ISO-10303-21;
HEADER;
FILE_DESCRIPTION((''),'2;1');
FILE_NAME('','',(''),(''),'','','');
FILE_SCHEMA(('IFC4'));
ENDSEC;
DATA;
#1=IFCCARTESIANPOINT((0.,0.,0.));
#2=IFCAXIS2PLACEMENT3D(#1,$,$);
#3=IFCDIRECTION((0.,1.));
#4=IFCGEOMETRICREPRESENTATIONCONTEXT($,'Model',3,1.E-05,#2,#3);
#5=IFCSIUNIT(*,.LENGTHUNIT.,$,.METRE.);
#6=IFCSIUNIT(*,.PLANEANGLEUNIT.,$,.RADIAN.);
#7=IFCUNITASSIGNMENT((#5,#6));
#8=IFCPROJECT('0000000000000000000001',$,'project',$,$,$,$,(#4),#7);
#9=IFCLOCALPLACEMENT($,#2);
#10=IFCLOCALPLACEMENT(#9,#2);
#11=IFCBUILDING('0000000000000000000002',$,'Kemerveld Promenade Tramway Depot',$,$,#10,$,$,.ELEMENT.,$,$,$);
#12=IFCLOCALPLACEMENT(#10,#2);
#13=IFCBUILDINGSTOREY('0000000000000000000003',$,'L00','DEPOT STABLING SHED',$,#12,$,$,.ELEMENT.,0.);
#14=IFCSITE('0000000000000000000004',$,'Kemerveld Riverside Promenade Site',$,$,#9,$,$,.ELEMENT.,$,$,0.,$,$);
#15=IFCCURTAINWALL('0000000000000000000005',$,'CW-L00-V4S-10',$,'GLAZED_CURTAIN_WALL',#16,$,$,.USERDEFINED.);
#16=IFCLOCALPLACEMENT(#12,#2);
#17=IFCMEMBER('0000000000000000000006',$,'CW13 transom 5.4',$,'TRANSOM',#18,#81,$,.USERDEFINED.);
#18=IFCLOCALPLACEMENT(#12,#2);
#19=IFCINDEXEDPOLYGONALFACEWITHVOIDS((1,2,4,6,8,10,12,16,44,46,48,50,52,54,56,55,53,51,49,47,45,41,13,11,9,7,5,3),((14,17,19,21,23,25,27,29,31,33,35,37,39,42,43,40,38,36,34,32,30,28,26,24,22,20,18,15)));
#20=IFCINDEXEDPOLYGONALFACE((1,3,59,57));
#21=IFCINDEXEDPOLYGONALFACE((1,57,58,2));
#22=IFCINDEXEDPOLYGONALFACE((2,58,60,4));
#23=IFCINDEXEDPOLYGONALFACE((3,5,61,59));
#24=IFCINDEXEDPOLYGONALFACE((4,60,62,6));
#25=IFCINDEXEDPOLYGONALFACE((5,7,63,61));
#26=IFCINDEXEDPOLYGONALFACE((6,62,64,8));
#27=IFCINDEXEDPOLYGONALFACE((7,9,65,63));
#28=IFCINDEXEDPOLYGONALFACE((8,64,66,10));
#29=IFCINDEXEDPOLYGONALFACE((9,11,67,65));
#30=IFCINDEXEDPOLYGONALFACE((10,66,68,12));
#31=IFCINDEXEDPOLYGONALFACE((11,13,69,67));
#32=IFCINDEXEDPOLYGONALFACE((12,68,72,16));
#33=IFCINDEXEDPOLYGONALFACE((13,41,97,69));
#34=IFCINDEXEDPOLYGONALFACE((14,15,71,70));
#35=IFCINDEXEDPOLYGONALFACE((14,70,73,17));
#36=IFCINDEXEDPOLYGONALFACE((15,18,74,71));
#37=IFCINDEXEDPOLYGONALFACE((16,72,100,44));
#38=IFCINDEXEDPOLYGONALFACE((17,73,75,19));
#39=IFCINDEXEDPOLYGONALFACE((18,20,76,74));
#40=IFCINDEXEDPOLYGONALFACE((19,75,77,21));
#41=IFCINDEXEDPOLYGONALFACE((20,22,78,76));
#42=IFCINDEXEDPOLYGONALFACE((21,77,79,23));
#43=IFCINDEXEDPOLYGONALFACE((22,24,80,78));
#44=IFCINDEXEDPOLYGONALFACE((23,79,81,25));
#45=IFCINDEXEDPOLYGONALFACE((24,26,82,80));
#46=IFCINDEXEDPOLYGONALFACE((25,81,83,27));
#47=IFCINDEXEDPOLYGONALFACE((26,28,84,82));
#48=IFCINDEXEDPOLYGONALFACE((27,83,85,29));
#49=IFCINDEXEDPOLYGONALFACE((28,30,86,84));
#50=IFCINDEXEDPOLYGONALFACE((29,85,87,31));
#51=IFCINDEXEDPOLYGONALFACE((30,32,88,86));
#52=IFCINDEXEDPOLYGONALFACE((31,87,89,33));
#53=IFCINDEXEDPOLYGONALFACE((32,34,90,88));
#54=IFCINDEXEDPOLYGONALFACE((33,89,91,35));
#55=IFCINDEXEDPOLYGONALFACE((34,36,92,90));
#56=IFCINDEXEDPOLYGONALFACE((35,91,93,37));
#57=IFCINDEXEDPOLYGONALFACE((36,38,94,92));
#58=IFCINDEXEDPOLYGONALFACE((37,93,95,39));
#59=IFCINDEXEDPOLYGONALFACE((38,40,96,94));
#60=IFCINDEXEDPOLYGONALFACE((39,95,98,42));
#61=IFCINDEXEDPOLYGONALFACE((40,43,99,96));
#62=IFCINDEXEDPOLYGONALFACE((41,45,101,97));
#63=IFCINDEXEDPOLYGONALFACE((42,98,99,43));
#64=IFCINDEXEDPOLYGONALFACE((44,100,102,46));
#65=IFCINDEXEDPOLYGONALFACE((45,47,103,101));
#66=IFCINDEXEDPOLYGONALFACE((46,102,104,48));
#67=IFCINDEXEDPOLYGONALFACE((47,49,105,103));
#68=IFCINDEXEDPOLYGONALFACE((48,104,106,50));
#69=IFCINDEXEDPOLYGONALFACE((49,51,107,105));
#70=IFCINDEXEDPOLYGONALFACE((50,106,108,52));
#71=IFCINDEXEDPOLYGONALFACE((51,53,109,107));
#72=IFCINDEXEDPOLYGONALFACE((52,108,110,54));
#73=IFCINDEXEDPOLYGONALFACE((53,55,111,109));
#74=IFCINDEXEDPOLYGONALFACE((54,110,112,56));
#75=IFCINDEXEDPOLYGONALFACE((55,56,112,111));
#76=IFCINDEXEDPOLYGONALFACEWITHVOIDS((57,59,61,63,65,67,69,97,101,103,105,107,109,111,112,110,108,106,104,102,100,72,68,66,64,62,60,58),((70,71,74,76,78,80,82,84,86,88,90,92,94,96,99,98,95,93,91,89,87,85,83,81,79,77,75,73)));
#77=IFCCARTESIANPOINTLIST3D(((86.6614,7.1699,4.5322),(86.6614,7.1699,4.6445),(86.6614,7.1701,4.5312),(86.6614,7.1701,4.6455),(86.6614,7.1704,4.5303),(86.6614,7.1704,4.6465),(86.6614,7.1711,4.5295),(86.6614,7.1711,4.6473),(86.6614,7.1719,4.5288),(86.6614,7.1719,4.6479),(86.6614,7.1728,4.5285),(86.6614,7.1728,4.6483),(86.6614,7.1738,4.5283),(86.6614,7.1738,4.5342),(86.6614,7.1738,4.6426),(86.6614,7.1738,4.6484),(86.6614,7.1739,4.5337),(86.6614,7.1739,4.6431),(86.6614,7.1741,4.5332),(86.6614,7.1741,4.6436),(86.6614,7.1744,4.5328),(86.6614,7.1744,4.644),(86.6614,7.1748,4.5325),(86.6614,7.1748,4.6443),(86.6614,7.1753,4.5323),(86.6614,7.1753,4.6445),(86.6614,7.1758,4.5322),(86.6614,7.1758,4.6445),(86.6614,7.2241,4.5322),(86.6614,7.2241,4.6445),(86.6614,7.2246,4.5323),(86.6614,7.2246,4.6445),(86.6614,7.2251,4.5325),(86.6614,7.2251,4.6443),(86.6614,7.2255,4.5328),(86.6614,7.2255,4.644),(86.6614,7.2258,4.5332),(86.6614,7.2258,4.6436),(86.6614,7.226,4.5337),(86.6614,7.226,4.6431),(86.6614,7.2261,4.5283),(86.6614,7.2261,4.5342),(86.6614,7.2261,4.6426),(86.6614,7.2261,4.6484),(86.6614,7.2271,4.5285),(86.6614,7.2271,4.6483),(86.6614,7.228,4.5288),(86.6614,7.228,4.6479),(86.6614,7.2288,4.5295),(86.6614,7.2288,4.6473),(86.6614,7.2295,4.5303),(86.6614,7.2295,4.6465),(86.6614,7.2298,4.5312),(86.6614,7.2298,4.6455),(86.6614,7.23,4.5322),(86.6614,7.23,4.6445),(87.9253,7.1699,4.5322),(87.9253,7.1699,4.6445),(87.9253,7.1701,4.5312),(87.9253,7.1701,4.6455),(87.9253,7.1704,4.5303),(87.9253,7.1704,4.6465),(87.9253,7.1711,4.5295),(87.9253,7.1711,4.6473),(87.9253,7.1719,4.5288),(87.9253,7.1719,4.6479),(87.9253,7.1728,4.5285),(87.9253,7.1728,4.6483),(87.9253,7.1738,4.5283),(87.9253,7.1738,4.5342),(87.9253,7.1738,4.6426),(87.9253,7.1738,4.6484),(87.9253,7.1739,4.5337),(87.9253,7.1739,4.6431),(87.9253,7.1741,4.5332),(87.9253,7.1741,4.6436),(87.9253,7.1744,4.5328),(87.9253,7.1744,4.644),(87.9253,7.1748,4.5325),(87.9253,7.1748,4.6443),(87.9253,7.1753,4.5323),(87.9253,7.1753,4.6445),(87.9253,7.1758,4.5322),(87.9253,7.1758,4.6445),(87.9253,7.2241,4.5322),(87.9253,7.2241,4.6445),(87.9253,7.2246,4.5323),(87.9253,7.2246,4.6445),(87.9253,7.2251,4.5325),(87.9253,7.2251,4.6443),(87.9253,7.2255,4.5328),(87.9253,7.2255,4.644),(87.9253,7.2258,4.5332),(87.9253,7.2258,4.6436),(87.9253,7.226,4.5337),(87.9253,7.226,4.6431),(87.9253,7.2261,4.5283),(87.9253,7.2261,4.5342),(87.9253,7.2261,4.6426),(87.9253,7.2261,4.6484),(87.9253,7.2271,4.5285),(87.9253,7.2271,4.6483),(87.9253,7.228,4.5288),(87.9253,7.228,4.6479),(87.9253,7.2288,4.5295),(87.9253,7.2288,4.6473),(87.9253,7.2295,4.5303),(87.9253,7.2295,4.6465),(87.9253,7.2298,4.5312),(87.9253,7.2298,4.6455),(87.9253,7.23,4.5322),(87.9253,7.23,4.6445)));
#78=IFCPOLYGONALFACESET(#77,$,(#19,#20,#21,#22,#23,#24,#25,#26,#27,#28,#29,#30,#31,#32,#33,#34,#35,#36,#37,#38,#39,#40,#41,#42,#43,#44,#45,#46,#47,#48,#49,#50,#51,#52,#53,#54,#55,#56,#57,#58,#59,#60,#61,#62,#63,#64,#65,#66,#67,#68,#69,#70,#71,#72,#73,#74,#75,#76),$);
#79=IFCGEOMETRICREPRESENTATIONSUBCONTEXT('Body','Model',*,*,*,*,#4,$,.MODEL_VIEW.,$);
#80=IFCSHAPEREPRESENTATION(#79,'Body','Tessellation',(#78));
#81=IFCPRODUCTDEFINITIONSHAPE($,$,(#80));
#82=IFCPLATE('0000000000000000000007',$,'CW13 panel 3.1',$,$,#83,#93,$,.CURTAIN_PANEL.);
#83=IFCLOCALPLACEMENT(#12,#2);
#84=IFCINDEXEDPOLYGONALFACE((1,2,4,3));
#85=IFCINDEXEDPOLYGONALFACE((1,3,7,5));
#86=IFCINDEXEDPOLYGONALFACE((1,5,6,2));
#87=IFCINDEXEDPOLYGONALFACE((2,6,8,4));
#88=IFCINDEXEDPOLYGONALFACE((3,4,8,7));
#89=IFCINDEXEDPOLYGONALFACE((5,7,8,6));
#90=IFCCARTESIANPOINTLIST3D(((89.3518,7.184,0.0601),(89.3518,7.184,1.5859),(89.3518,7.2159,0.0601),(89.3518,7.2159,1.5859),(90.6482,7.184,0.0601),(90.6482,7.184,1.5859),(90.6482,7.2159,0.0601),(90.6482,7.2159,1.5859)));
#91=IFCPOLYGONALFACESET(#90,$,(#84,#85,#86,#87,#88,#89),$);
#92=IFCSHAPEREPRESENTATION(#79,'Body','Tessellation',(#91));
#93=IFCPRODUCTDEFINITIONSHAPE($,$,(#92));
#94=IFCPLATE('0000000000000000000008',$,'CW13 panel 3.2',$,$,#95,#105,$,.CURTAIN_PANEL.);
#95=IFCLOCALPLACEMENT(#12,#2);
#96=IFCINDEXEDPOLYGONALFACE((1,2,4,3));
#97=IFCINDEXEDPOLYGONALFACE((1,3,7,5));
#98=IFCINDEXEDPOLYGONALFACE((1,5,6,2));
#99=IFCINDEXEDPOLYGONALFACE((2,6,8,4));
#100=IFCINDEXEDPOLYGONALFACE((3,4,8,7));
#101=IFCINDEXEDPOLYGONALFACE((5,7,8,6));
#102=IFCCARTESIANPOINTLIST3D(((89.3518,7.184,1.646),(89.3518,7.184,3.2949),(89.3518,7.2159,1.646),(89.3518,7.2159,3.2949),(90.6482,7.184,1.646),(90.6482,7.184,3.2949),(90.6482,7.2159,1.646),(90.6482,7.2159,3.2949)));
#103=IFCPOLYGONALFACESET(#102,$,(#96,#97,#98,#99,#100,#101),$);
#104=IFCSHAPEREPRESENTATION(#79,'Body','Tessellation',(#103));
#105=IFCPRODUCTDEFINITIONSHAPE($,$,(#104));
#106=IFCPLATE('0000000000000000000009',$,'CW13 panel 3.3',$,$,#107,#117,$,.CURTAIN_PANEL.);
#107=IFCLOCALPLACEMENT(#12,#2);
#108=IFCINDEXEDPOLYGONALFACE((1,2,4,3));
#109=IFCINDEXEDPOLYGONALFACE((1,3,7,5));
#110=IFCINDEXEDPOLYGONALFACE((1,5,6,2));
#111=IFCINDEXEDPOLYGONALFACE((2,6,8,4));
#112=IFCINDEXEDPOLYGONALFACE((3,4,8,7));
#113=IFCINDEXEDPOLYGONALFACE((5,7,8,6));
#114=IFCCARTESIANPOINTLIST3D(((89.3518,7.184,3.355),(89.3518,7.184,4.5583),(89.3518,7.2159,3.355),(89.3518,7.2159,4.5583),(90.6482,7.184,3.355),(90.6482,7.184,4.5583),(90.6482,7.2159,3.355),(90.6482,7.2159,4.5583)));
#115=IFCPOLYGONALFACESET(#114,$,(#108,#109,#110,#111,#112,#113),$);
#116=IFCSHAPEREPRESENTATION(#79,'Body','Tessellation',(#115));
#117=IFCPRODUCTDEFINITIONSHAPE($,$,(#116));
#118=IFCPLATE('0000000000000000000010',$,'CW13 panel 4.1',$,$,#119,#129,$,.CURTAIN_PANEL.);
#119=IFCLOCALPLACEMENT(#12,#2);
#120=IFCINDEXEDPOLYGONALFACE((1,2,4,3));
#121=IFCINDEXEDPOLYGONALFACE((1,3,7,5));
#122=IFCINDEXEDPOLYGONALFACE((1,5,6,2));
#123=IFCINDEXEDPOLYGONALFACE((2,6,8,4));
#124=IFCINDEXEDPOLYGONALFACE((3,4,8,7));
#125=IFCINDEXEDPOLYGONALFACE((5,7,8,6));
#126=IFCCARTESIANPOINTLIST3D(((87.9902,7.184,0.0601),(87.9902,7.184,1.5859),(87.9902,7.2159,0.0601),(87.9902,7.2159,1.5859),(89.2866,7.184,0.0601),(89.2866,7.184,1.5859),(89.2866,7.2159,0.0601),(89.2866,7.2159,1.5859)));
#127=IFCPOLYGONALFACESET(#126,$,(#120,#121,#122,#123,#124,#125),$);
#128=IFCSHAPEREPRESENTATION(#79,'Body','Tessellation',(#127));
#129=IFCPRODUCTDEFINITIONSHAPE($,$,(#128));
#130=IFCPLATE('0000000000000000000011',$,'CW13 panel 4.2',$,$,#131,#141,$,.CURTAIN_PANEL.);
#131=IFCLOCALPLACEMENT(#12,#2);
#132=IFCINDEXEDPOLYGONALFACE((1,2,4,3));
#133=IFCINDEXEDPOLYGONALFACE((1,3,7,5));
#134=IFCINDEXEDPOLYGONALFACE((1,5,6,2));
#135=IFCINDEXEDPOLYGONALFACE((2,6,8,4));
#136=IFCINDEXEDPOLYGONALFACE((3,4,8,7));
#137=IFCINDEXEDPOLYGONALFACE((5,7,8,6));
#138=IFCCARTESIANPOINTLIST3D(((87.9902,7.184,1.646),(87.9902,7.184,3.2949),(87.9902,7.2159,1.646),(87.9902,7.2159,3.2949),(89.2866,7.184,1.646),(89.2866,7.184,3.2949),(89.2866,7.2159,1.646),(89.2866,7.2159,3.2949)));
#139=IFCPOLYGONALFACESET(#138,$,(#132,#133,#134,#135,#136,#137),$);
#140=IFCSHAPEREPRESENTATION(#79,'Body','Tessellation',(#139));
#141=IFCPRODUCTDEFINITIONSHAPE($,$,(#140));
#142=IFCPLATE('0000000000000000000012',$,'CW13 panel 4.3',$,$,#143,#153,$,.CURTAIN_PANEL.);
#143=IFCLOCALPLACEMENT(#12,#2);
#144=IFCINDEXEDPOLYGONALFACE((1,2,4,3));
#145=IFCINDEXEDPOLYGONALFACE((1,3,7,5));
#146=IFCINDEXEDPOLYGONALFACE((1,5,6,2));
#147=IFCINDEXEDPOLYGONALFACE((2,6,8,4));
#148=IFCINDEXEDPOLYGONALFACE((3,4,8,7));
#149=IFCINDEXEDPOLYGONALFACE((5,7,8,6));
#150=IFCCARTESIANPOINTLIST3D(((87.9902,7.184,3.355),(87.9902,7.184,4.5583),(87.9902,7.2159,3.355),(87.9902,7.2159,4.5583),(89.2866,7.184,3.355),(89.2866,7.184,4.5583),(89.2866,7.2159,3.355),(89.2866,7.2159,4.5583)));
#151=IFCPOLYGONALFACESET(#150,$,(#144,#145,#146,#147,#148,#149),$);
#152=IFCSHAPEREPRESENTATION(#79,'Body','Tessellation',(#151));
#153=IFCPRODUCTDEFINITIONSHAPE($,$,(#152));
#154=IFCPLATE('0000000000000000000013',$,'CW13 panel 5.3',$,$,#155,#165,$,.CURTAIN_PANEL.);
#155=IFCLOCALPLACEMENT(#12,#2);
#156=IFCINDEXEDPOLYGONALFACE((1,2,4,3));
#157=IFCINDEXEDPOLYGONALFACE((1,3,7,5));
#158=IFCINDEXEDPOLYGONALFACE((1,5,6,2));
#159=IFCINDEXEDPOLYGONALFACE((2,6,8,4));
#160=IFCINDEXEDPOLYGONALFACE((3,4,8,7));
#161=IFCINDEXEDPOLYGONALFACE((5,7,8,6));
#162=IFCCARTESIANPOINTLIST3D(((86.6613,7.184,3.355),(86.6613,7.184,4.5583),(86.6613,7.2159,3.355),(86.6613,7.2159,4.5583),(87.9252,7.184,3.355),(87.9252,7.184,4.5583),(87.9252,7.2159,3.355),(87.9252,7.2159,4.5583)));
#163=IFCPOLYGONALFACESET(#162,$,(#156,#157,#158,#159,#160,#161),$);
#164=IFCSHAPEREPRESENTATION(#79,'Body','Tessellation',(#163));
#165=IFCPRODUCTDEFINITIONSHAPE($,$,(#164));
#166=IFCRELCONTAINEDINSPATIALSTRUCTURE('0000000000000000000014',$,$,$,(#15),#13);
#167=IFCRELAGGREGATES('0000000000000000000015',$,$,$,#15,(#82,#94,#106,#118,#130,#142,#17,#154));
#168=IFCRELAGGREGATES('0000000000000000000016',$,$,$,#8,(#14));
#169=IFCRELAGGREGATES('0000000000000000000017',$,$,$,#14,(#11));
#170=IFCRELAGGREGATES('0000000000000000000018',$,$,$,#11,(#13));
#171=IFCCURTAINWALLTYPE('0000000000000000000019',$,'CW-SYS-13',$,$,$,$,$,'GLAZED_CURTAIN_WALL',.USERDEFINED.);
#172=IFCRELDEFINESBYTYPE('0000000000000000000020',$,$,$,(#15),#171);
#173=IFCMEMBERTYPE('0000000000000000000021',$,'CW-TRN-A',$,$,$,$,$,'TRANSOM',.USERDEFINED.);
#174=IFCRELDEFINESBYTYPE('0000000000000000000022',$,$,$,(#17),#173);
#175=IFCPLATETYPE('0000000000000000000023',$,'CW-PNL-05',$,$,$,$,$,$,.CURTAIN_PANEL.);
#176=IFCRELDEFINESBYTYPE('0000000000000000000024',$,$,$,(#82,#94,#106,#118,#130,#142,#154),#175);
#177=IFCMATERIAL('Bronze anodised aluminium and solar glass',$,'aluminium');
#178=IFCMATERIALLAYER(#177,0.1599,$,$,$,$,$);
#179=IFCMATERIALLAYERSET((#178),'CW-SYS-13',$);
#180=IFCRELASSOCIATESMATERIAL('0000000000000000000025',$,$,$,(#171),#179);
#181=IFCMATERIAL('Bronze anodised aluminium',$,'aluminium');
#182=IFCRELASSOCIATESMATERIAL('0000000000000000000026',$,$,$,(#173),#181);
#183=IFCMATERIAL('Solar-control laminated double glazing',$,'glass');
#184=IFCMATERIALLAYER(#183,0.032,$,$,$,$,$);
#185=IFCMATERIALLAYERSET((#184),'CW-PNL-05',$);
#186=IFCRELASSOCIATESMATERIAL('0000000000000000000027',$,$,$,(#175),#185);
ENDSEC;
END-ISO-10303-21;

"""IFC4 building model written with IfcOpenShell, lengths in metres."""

from ifc_helpers import new_model, si_unit, direction, frame, origin, origin_2d, place, context, subcontext, project, spatial, rectangle, hollow_rectangle, extrude, material, layer, layer_set, material_profile, profile_set, type_object, element, aggregate, save


model = new_model("IFC4")

# Units and contexts
model_context = context("Model", 3, precision=1e-05, world=origin(), true_north=direction((0.0, 1.0)))
body_context = subcontext(model_context, "Body", "Model", "MODEL_VIEW")
ifc_project = project(units=[si_unit("LENGTHUNIT", "METRE"), si_unit("PLANEANGLEUNIT", "RADIAN")], contexts=[model_context])

# Site, building, storey
site_placement = place(None, origin())
site = spatial("IfcSite", under=ifc_project, at=site_placement, Name="Kemerveld Riverside Promenade Site", CompositionType="ELEMENT", RefElevation=0.0)
building_placement = place(site_placement, origin())
building = spatial("IfcBuilding", under=site, at=building_placement, Name="Kemerveld Promenade Tramway Depot", CompositionType="ELEMENT")
storey_placement = place(building_placement, origin())
storey = spatial("IfcBuildingStorey", under=building, at=storey_placement, Name="L00", Description="DEPOT STABLING SHED", CompositionType="ELEMENT", Elevation=0.0)

# Curtain wall, member, plates
ifc_material_1 = material(Name="Bronze anodised aluminium and solar glass", Category="aluminium")
ifc_layer_1 = layer(ifc_material_1, 0.1599)
ifc_layer_set_1 = layer_set([ifc_layer_1], Name="CW-SYS-13")
curtain_wall_type = type_object("IfcCurtainWallType", Name="CW-SYS-13", ElementType="GLAZED_CURTAIN_WALL", PredefinedType="USERDEFINED", material=ifc_layer_set_1)
curtain_wall_placement = place(storey_placement, origin())
curtain_wall = element("IfcCurtainWall", 1, at=curtain_wall_placement, inside=storey, type_object=curtain_wall_type, Name="CW-L00-V4S-10", ObjectType="GLAZED_CURTAIN_WALL", PredefinedType="USERDEFINED")
ifc_material_2 = material(Name="Bronze anodised aluminium", Category="aluminium")
ifc_material_profile_1 = material_profile(ifc_material_2, hollow_rectangle(XDim=0.0601, YDim=0.1201, WallThickness=0.0039, InnerFilletRadius=0.002, OuterFilletRadius=0.0039, at=origin_2d()), Name="CW-TRN-120x60")
ifc_profile_set_1 = profile_set([ifc_material_profile_1], Name="Bronze anodised aluminium")
member_type_1 = type_object("IfcMemberType", Name="CW-TRN-A", ElementType="TRANSOM", PredefinedType="USERDEFINED", material=ifc_profile_set_1)
member_1_placement = place(storey_placement, frame((87.9253, 7.2, 4.5884), z_axis=(-1.0, 0.0, 0.0), x_axis=(0.0, -1.0, 0.0)))
member_1 = element("IfcMember", 2, at=member_1_placement, type_object=member_type_1, Name="CW13 transom 5.4", ObjectType="TRANSOM", PredefinedType="USERDEFINED", context=body_context, shape_type="SweptSolid", body=[
    extrude(hollow_rectangle(XDim=0.0601, YDim=0.1201, WallThickness=0.0039, InnerFilletRadius=0.002, OuterFilletRadius=0.0039, at=origin_2d()), origin(), (0.0, 0.0, 1.0), 1.2639),
])
ifc_material_3 = material(Name="Solar-control laminated double glazing", Category="glass")
ifc_layer_2 = layer(ifc_material_3, 0.032)
ifc_layer_set_2 = layer_set([ifc_layer_2], Name="CW-PNL-05")
plate_type = type_object("IfcPlateType", Name="CW-PNL-05", PredefinedType="CURTAIN_PANEL", material=ifc_layer_set_2)
plate_1_placement = place(storey_placement, frame((90.0, 7.2, 0.0601), z_axis=(0.0, 0.0, 1.0), x_axis=(-1.0, 0.0, 0.0)))
plate_1 = element("IfcPlate", 3, at=plate_1_placement, type_object=plate_type, Name="CW13 panel 3.1", PredefinedType="CURTAIN_PANEL", context=body_context, shape_type="SweptSolid", body=[
    extrude(rectangle(XDim=1.2964, YDim=0.032, at=origin_2d()), origin(), (0.0, 0.0, 1.0), 1.5259),
])
plate_2_placement = place(storey_placement, frame((90.0, 7.2, 1.646), z_axis=(0.0, 0.0, 1.0), x_axis=(-1.0, 0.0, 0.0)))
plate_2 = element("IfcPlate", 4, at=plate_2_placement, type_object=plate_type, Name="CW13 panel 3.2", PredefinedType="CURTAIN_PANEL", context=body_context, shape_type="SweptSolid", body=[
    extrude(rectangle(XDim=1.2964, YDim=0.032, at=origin_2d()), origin(), (0.0, 0.0, 1.0), 1.6489),
])
plate_3_placement = place(storey_placement, frame((90.0, 7.2, 3.355), z_axis=(0.0, 0.0, 1.0), x_axis=(-1.0, 0.0, 0.0)))
plate_3 = element("IfcPlate", 5, at=plate_3_placement, type_object=plate_type, Name="CW13 panel 3.3", PredefinedType="CURTAIN_PANEL", context=body_context, shape_type="SweptSolid", body=[
    extrude(rectangle(XDim=1.2964, YDim=0.032, at=origin_2d()), origin(), (0.0, 0.0, 1.0), 1.2034),
])
plate_4_placement = place(storey_placement, frame((88.6384, 7.2, 0.0601), z_axis=(0.0, 0.0, 1.0), x_axis=(-1.0, 0.0, 0.0)))
plate_4 = element("IfcPlate", 6, at=plate_4_placement, type_object=plate_type, Name="CW13 panel 4.1", PredefinedType="CURTAIN_PANEL", context=body_context, shape_type="SweptSolid", body=[
    extrude(rectangle(XDim=1.2964, YDim=0.032, at=origin_2d()), origin(), (0.0, 0.0, 1.0), 1.5259),
])
plate_5_placement = place(storey_placement, frame((88.6384, 7.2, 1.646), z_axis=(0.0, 0.0, 1.0), x_axis=(-1.0, 0.0, 0.0)))
plate_5 = element("IfcPlate", 7, at=plate_5_placement, type_object=plate_type, Name="CW13 panel 4.2", PredefinedType="CURTAIN_PANEL", context=body_context, shape_type="SweptSolid", body=[
    extrude(rectangle(XDim=1.2964, YDim=0.032, at=origin_2d()), origin(), (0.0, 0.0, 1.0), 1.6489),
])
plate_6_placement = place(storey_placement, frame((88.6384, 7.2, 3.355), z_axis=(0.0, 0.0, 1.0), x_axis=(-1.0, 0.0, 0.0)))
plate_6 = element("IfcPlate", 8, at=plate_6_placement, type_object=plate_type, Name="CW13 panel 4.3", PredefinedType="CURTAIN_PANEL", context=body_context, shape_type="SweptSolid", body=[
    extrude(rectangle(XDim=1.2964, YDim=0.032, at=origin_2d()), origin(), (0.0, 0.0, 1.0), 1.2034),
])
plate_7_placement = place(storey_placement, frame((87.2932, 7.2, 3.355), z_axis=(0.0, 0.0, 1.0), x_axis=(-1.0, 0.0, 0.0)))
plate_7 = element("IfcPlate", 9, at=plate_7_placement, type_object=plate_type, Name="CW13 panel 5.3", PredefinedType="CURTAIN_PANEL", context=body_context, shape_type="SweptSolid", body=[
    extrude(rectangle(XDim=1.2639, YDim=0.032, at=origin_2d()), origin(), (0.0, 0.0, 1.0), 1.2034),
])
aggregate(curtain_wall, [plate_1, plate_2, plate_3, plate_4, plate_5, plate_6, member_1, plate_7])

save(model, "model.ifc")
